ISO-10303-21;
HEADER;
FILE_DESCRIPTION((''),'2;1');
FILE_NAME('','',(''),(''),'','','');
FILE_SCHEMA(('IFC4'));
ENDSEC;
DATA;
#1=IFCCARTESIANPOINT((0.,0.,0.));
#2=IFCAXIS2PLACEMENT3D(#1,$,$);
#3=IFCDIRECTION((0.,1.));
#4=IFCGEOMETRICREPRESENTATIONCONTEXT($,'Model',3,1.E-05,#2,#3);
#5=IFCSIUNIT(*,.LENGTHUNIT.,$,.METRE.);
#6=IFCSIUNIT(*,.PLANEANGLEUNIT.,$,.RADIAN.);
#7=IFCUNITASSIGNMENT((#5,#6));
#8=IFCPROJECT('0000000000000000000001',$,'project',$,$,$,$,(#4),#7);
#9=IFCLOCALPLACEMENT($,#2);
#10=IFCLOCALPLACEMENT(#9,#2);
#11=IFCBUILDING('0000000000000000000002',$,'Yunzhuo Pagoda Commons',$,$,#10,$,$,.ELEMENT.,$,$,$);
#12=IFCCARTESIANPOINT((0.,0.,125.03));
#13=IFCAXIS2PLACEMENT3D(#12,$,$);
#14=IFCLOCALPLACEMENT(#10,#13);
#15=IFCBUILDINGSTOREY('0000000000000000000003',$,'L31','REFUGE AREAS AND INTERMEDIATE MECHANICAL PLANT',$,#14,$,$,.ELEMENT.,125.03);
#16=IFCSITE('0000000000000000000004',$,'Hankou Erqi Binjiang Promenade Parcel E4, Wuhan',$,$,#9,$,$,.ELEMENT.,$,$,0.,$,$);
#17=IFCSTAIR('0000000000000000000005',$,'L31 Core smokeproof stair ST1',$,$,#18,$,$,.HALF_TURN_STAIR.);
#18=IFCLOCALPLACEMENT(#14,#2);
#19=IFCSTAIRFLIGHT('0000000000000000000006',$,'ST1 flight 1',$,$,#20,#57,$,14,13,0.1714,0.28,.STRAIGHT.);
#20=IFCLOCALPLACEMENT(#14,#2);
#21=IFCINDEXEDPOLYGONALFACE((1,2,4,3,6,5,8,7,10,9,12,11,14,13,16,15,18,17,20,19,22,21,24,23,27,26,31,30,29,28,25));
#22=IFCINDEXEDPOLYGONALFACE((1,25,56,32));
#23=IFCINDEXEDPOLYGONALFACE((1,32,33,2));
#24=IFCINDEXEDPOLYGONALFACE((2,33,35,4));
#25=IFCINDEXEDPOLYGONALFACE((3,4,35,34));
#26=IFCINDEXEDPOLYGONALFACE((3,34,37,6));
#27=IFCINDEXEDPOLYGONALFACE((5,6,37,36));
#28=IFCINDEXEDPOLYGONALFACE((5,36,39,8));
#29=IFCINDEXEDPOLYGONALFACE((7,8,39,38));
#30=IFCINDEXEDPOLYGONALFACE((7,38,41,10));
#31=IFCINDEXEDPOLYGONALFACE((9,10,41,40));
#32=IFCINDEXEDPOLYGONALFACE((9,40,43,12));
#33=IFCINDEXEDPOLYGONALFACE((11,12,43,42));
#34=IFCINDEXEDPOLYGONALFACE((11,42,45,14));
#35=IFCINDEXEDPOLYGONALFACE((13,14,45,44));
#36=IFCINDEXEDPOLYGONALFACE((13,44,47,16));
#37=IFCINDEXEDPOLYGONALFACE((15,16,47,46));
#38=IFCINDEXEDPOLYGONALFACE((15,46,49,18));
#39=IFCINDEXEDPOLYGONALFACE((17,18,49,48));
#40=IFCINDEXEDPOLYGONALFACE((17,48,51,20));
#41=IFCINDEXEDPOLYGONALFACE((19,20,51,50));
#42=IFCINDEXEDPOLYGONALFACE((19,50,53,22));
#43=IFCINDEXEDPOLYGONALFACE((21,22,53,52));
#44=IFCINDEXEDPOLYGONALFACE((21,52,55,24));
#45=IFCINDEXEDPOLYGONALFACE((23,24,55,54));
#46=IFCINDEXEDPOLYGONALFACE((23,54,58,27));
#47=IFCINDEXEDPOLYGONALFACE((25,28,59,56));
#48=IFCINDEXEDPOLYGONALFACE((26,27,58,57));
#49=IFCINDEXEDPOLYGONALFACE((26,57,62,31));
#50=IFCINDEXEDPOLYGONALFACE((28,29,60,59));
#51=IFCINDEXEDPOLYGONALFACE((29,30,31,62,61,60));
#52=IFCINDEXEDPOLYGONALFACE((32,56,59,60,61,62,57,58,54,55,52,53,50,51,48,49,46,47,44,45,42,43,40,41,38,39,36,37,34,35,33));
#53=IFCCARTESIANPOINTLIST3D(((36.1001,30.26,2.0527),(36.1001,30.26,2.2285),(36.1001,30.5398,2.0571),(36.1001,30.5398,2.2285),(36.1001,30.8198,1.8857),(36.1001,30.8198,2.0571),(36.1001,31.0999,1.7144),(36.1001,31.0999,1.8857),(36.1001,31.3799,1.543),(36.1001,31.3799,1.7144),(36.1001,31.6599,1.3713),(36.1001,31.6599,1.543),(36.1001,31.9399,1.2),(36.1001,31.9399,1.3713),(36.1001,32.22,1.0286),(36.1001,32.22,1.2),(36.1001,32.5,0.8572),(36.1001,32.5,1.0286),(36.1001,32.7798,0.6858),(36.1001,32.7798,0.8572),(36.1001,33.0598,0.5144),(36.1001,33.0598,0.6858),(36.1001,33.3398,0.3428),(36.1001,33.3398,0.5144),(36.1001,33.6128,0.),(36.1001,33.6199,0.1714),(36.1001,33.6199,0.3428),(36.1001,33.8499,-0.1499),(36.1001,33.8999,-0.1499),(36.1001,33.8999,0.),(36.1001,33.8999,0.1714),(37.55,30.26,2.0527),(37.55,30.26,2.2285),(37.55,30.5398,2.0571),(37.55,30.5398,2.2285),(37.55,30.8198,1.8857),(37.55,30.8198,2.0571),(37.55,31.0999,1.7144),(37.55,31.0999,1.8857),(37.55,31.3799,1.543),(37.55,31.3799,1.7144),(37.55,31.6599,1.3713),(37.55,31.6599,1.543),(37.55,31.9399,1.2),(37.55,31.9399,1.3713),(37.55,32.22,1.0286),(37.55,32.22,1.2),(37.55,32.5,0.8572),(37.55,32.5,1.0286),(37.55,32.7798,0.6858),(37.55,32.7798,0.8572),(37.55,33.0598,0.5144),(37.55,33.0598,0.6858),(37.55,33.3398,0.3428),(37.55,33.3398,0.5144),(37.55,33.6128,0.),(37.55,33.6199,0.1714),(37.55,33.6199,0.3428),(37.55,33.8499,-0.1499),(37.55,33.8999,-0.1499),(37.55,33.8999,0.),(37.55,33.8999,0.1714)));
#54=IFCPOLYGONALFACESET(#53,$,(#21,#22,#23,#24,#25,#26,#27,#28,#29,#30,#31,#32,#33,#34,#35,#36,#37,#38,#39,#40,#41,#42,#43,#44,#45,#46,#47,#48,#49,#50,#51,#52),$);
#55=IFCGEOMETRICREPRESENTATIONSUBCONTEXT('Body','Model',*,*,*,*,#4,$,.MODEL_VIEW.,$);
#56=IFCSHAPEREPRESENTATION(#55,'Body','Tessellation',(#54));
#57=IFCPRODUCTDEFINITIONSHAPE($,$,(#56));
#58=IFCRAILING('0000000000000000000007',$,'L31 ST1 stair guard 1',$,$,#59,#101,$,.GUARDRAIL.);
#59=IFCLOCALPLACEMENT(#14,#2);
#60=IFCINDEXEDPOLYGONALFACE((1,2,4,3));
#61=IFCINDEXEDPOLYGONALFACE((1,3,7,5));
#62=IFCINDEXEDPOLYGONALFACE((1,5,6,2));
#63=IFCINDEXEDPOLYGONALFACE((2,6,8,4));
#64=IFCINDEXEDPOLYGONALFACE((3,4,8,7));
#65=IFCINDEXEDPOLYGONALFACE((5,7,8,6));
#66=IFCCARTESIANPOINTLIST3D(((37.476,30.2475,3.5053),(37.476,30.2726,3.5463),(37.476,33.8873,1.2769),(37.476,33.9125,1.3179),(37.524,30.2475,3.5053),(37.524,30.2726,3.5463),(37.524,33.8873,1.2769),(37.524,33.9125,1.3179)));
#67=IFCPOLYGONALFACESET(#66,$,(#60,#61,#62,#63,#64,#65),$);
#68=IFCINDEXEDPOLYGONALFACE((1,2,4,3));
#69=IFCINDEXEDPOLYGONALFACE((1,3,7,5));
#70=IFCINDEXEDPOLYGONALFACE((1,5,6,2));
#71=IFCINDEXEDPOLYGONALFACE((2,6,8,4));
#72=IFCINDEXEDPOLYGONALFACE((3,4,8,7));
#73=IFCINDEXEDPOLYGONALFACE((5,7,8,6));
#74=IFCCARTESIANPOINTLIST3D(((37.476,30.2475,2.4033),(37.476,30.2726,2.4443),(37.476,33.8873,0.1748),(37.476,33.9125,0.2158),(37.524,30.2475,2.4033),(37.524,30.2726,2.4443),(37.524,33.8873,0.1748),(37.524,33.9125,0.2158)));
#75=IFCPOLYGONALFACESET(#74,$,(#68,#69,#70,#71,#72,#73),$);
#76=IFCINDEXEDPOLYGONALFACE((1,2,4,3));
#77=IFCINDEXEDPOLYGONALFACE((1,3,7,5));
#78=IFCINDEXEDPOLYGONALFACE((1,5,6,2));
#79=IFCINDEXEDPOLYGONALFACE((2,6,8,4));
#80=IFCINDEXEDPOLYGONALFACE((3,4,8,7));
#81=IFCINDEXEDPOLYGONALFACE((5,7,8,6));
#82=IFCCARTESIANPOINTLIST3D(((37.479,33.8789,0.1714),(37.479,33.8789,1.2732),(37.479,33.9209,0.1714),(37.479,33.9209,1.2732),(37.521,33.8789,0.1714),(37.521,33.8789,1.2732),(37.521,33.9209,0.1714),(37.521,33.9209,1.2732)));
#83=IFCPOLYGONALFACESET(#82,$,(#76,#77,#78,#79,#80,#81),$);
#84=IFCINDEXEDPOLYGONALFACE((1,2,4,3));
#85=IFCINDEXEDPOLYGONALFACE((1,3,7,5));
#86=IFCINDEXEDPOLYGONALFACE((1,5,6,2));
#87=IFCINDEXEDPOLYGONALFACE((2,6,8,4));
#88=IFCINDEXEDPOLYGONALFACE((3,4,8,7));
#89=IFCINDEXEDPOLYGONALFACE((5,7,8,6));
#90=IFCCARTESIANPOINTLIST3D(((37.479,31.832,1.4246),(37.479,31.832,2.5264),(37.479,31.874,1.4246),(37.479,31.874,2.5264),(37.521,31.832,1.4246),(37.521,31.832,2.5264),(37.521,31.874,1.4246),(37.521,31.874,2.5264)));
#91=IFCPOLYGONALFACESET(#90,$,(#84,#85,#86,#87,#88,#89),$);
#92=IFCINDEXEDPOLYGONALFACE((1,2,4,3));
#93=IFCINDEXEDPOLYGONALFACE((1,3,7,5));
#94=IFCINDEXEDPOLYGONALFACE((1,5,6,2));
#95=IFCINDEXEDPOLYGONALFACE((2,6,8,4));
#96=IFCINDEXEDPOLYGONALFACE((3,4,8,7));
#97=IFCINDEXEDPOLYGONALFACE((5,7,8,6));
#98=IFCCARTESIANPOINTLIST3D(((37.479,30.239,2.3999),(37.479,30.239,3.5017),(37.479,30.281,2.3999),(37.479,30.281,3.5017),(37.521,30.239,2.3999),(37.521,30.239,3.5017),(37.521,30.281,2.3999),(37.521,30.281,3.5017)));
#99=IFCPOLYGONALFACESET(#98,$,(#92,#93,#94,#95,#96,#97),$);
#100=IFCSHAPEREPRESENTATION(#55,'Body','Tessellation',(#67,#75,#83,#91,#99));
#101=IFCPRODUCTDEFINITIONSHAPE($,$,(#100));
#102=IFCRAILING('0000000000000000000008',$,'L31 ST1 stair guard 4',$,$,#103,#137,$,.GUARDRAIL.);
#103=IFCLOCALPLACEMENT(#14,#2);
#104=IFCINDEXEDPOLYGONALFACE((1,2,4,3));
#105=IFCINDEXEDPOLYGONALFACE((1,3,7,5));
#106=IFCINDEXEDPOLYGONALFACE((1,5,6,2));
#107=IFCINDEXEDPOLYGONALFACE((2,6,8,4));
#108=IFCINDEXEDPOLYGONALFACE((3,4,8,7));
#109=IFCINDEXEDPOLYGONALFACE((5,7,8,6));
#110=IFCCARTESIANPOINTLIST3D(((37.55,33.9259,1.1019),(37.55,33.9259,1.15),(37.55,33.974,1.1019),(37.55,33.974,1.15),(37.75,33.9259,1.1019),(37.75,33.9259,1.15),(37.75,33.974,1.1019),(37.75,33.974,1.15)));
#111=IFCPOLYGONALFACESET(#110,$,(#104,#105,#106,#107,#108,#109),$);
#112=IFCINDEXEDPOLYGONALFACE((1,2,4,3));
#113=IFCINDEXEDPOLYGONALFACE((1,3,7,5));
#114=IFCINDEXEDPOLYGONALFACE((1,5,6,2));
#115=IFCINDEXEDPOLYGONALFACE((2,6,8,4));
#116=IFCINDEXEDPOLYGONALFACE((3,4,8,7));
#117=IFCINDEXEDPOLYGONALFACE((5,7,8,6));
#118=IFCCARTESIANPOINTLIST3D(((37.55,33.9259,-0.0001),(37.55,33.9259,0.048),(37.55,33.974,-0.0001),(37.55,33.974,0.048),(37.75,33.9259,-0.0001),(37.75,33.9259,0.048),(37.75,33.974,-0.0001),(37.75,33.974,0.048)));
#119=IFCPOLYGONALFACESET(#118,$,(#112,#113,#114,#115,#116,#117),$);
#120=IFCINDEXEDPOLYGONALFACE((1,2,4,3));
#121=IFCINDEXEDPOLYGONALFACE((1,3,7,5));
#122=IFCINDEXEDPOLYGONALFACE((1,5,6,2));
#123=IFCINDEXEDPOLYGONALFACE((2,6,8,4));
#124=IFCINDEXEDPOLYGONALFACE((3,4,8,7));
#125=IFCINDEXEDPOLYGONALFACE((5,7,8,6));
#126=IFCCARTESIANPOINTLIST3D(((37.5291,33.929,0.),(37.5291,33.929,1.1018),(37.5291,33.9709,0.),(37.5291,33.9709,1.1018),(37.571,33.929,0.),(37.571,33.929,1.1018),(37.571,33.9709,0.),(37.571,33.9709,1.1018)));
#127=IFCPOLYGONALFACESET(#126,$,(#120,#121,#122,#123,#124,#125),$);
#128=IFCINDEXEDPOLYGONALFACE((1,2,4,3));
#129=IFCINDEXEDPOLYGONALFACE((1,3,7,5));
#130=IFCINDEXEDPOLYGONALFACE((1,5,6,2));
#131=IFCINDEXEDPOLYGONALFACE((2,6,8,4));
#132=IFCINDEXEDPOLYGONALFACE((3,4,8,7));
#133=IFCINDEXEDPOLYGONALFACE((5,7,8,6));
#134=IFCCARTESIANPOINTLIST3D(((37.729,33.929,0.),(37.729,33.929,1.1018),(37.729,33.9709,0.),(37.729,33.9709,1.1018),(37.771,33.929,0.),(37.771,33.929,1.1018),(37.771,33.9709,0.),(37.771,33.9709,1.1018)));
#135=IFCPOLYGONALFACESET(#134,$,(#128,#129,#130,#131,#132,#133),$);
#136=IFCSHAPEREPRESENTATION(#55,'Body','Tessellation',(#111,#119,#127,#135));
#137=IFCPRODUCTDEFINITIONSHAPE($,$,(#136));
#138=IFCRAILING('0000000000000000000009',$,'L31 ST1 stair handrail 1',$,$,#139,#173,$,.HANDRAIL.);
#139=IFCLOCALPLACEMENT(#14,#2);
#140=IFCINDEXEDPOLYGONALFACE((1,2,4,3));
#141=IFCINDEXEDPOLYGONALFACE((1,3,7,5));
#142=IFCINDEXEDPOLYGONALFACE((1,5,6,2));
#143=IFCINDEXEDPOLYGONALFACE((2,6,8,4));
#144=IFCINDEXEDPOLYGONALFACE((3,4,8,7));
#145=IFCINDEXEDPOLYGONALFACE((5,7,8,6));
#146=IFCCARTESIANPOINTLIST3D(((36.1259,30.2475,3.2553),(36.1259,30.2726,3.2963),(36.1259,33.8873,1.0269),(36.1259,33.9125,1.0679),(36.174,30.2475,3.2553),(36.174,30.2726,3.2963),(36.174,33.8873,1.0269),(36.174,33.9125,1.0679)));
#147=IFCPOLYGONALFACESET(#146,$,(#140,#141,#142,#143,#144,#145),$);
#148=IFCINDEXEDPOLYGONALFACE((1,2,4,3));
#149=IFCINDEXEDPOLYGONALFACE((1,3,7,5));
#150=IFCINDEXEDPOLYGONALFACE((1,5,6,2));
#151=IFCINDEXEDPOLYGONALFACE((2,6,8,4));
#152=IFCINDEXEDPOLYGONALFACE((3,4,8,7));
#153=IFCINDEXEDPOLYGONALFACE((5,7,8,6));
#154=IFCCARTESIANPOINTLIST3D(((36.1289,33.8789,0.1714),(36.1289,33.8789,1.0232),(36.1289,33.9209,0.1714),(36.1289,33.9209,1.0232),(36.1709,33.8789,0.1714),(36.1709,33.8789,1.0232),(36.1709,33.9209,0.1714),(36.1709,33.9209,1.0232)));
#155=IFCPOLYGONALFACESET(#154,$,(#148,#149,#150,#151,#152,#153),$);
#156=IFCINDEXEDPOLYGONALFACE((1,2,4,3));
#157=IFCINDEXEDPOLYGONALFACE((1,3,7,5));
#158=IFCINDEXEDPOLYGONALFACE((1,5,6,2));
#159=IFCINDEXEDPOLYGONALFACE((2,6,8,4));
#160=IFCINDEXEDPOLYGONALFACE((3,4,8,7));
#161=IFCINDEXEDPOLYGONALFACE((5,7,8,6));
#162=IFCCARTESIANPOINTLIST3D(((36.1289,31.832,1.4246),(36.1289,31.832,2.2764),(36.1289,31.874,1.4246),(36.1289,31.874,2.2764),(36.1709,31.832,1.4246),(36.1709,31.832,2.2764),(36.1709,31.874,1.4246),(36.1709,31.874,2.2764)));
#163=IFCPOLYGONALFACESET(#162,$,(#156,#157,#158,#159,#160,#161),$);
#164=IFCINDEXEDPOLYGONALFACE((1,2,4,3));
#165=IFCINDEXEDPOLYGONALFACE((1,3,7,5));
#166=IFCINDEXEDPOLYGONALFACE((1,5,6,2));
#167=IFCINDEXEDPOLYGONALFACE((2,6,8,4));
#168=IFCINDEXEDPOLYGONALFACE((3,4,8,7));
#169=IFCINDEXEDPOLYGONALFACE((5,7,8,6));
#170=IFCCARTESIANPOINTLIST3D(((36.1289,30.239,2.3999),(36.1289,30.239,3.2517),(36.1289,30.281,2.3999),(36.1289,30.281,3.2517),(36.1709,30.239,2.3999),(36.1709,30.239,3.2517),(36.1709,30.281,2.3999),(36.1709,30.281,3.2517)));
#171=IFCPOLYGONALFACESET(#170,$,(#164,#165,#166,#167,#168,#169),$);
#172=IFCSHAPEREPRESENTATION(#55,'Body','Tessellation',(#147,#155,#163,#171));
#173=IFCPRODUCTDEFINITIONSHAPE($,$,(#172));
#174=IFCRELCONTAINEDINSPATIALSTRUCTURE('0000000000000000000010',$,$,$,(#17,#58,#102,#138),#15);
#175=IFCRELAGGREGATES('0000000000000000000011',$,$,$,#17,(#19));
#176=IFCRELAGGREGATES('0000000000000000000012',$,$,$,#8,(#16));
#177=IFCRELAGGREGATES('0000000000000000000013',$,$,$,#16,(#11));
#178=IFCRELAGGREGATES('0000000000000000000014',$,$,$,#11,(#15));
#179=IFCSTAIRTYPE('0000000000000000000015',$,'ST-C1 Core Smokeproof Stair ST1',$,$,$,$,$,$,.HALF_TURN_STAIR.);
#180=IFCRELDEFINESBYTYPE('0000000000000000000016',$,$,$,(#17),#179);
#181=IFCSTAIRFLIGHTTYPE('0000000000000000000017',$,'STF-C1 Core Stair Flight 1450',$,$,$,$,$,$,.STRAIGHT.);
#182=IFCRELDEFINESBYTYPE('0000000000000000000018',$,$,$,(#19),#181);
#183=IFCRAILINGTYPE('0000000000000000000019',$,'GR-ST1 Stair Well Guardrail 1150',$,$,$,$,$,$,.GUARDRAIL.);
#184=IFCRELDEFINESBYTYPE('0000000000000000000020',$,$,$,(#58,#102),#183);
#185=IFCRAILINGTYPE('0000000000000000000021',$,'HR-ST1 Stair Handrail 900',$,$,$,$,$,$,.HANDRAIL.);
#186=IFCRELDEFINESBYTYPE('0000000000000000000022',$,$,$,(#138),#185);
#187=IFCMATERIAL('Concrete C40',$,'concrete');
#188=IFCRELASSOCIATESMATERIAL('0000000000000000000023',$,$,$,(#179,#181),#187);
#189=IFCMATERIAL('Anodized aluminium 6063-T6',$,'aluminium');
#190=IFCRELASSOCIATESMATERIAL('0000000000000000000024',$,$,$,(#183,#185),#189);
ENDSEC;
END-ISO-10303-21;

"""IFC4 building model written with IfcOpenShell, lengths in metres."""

from ifc_helpers import new_model, si_unit, direction, frame, origin, origin_2d, place, context, subcontext, project, spatial, polyline, rectangle, outline, extrude, source, transform, mapped, material, type_object, element, aggregate, save


model = new_model("IFC4")

# Units and contexts
model_context = context("Model", 3, precision=1e-05, world=origin(), true_north=direction((0.0, 1.0)))
body_context = subcontext(model_context, "Body", "Model", "MODEL_VIEW")
ifc_project = project(units=[si_unit("LENGTHUNIT", "METRE"), si_unit("PLANEANGLEUNIT", "RADIAN")], contexts=[model_context])

# Site, building, storey
site_placement = place(None, origin())
site = spatial("IfcSite", under=ifc_project, at=site_placement, Name="Hankou Erqi Binjiang Promenade Parcel E4, Wuhan", CompositionType="ELEMENT", RefElevation=0.0)
building_placement = place(site_placement, origin())
building = spatial("IfcBuilding", under=site, at=building_placement, Name="Yunzhuo Pagoda Commons", CompositionType="ELEMENT")
storey_placement = place(building_placement, frame((0.0, 0.0, 125.03)))
storey = spatial("IfcBuildingStorey", under=building, at=storey_placement, Name="L31", Description="REFUGE AREAS AND INTERMEDIATE MECHANICAL PLANT", CompositionType="ELEMENT", Elevation=125.03)

# Shared definitions
ifc_material_1 = material(Name="Concrete C40", Category="concrete")

# Stair, stair flight
stair_type = type_object("IfcStairType", Name="ST-C1 Core Smokeproof Stair ST1", PredefinedType="HALF_TURN_STAIR", material=ifc_material_1)
stair_placement = place(storey_placement, origin())
stair = element("IfcStair", 1, at=stair_placement, inside=storey, type_object=stair_type, Name="L31 Core smokeproof stair ST1", PredefinedType="HALF_TURN_STAIR")
stair_flight_type = type_object("IfcStairFlightType", Name="STF-C1 Core Stair Flight 1450", PredefinedType="STRAIGHT", material=ifc_material_1)
shared_shape_1 = source(origin(), body_context, "Body", "SweptSolid", [
    extrude(outline(polyline([(0.0, -0.1499), (0.0, 0.0), (0.0, 0.1714), (0.28, 0.1714), (0.28, 0.3428), (0.5601, 0.3428), (0.5601, 0.5144), (0.8401, 0.5144), (0.8401, 0.6858), (1.1201, 0.6858), (1.1201, 0.8572), (1.3999, 0.8572), (1.3999, 1.0286), (1.6799, 1.0286), (1.6799, 1.2), (1.96, 1.2), (1.96, 1.3713), (2.24, 1.3713), (2.24, 1.543), (2.52, 1.543), (2.52, 1.7144), (2.8, 1.7144), (2.8, 1.8857), (3.0801, 1.8857), (3.0801, 2.0571), (3.3601, 2.0571), (3.3601, 2.2285), (3.6399, 2.2285), (3.6399, 2.3999), (3.6399, 2.0527), (0.2871, 0.0), (0.05, -0.1499), (0.0, -0.1499)])), frame((0.0, 0.7251, 0.0), z_axis=(0.0, -1.0, 0.0), x_axis=(1.0, 0.0, 0.0)), (0.0, 0.0, 1.0), 1.45),
])
stair_flight_placement = place(storey_placement, frame((36.825, 33.8999, 0.0), z_axis=(0.0, 0.0, 1.0), x_axis=(0.0, -1.0, 0.0)))
stair_flight = element("IfcStairFlight", 2, at=stair_flight_placement, type_object=stair_flight_type, Name="ST1 flight 1", NumberOfRisers=14, NumberOfTreads=13, PredefinedType="STRAIGHT", RiserHeight=0.1714, TreadLength=0.28, context=body_context, shape_type="MappedRepresentation", body=[
    mapped(shared_shape_1, transform((0.0, 0.0, 0.0), scale=1.0)),
])
aggregate(stair, [stair_flight])

# Railings
ifc_material_2 = material(Name="Anodized aluminium 6063-T6", Category="aluminium")
railing_type_1 = type_object("IfcRailingType", Name="GR-ST1 Stair Well Guardrail 1150", PredefinedType="GUARDRAIL", material=ifc_material_2)
railing_1_placement = place(storey_placement, frame((37.5, 33.8999, 0.1714)))
element("IfcRailing", 3, at=railing_1_placement, inside=storey, type_object=railing_type_1, Name="L31 ST1 stair guard 1", PredefinedType="GUARDRAIL", context=body_context, shape_type="SweptSolid", body=[
    extrude(rectangle(XDim=0.0481, YDim=0.0481, at=origin_2d()), frame((0.0, 0.0, 1.126), z_axis=(0.0, -0.85285, 0.522156), x_axis=(1.0, 0.0, 0.0)), (0.0, 0.0, 1.0), 4.2678),
    extrude(rectangle(XDim=0.0481, YDim=0.0481, at=origin_2d()), frame((0.0, 0.0, 0.0239), z_axis=(0.0, -0.85285, 0.522156), x_axis=(1.0, 0.0, 0.0)), (0.0, 0.0, 1.0), 4.2678),
    extrude(rectangle(XDim=0.042, YDim=0.042, at=origin_2d()), origin(), (0.0, 0.0, 1.0), 1.1018),
    extrude(rectangle(XDim=0.042, YDim=0.042, at=origin_2d()), frame((0.0, -2.0469, 1.2532)), (0.0, 0.0, 1.0), 1.1018),
    extrude(rectangle(XDim=0.042, YDim=0.042, at=origin_2d()), frame((0.0, -3.6399, 2.2285)), (0.0, 0.0, 1.0), 1.1018),
])
railing_2_placement = place(storey_placement, frame((37.55, 33.95, 0.0)))
element("IfcRailing", 4, at=railing_2_placement, inside=storey, type_object=railing_type_1, Name="L31 ST1 stair guard 4", PredefinedType="GUARDRAIL", context=body_context, shape_type="SweptSolid", body=[
    extrude(rectangle(XDim=0.0481, YDim=0.0481, at=origin_2d()), frame((0.0, 0.0, 1.126), z_axis=(1.0, 0.0, 0.0), x_axis=(0.0, 1.0, 0.0)), (0.0, 0.0, 1.0), 0.2),
    extrude(rectangle(XDim=0.0481, YDim=0.0481, at=origin_2d()), frame((0.0, 0.0, 0.0239), z_axis=(1.0, 0.0, 0.0), x_axis=(0.0, 1.0, 0.0)), (0.0, 0.0, 1.0), 0.2),
    extrude(rectangle(XDim=0.042, YDim=0.042, at=origin_2d()), origin(), (0.0, 0.0, 1.0), 1.1018),
    extrude(rectangle(XDim=0.042, YDim=0.042, at=origin_2d()), frame((0.2, 0.0, 0.0)), (0.0, 0.0, 1.0), 1.1018),
])
railing_type_2 = type_object("IfcRailingType", Name="HR-ST1 Stair Handrail 900", PredefinedType="HANDRAIL", material=ifc_material_2)
railing_3_placement = place(storey_placement, frame((36.1499, 33.8999, 0.1714)))
element("IfcRailing", 5, at=railing_3_placement, inside=storey, type_object=railing_type_2, Name="L31 ST1 stair handrail 1", PredefinedType="HANDRAIL", context=body_context, shape_type="SweptSolid", body=[
    extrude(rectangle(XDim=0.0481, YDim=0.0481, at=origin_2d()), frame((0.0, 0.0, 0.876), z_axis=(0.0, -0.85285, 0.522156), x_axis=(1.0, 0.0, 0.0)), (0.0, 0.0, 1.0), 4.2678),
    extrude(rectangle(XDim=0.042, YDim=0.042, at=origin_2d()), origin(), (0.0, 0.0, 1.0), 0.8518),
    extrude(rectangle(XDim=0.042, YDim=0.042, at=origin_2d()), frame((0.0, -2.0469, 1.2532)), (0.0, 0.0, 1.0), 0.8518),
    extrude(rectangle(XDim=0.042, YDim=0.042, at=origin_2d()), frame((0.0, -3.6399, 2.2285)), (0.0, 0.0, 1.0), 0.8518),
])

save(model, "model.ifc")
